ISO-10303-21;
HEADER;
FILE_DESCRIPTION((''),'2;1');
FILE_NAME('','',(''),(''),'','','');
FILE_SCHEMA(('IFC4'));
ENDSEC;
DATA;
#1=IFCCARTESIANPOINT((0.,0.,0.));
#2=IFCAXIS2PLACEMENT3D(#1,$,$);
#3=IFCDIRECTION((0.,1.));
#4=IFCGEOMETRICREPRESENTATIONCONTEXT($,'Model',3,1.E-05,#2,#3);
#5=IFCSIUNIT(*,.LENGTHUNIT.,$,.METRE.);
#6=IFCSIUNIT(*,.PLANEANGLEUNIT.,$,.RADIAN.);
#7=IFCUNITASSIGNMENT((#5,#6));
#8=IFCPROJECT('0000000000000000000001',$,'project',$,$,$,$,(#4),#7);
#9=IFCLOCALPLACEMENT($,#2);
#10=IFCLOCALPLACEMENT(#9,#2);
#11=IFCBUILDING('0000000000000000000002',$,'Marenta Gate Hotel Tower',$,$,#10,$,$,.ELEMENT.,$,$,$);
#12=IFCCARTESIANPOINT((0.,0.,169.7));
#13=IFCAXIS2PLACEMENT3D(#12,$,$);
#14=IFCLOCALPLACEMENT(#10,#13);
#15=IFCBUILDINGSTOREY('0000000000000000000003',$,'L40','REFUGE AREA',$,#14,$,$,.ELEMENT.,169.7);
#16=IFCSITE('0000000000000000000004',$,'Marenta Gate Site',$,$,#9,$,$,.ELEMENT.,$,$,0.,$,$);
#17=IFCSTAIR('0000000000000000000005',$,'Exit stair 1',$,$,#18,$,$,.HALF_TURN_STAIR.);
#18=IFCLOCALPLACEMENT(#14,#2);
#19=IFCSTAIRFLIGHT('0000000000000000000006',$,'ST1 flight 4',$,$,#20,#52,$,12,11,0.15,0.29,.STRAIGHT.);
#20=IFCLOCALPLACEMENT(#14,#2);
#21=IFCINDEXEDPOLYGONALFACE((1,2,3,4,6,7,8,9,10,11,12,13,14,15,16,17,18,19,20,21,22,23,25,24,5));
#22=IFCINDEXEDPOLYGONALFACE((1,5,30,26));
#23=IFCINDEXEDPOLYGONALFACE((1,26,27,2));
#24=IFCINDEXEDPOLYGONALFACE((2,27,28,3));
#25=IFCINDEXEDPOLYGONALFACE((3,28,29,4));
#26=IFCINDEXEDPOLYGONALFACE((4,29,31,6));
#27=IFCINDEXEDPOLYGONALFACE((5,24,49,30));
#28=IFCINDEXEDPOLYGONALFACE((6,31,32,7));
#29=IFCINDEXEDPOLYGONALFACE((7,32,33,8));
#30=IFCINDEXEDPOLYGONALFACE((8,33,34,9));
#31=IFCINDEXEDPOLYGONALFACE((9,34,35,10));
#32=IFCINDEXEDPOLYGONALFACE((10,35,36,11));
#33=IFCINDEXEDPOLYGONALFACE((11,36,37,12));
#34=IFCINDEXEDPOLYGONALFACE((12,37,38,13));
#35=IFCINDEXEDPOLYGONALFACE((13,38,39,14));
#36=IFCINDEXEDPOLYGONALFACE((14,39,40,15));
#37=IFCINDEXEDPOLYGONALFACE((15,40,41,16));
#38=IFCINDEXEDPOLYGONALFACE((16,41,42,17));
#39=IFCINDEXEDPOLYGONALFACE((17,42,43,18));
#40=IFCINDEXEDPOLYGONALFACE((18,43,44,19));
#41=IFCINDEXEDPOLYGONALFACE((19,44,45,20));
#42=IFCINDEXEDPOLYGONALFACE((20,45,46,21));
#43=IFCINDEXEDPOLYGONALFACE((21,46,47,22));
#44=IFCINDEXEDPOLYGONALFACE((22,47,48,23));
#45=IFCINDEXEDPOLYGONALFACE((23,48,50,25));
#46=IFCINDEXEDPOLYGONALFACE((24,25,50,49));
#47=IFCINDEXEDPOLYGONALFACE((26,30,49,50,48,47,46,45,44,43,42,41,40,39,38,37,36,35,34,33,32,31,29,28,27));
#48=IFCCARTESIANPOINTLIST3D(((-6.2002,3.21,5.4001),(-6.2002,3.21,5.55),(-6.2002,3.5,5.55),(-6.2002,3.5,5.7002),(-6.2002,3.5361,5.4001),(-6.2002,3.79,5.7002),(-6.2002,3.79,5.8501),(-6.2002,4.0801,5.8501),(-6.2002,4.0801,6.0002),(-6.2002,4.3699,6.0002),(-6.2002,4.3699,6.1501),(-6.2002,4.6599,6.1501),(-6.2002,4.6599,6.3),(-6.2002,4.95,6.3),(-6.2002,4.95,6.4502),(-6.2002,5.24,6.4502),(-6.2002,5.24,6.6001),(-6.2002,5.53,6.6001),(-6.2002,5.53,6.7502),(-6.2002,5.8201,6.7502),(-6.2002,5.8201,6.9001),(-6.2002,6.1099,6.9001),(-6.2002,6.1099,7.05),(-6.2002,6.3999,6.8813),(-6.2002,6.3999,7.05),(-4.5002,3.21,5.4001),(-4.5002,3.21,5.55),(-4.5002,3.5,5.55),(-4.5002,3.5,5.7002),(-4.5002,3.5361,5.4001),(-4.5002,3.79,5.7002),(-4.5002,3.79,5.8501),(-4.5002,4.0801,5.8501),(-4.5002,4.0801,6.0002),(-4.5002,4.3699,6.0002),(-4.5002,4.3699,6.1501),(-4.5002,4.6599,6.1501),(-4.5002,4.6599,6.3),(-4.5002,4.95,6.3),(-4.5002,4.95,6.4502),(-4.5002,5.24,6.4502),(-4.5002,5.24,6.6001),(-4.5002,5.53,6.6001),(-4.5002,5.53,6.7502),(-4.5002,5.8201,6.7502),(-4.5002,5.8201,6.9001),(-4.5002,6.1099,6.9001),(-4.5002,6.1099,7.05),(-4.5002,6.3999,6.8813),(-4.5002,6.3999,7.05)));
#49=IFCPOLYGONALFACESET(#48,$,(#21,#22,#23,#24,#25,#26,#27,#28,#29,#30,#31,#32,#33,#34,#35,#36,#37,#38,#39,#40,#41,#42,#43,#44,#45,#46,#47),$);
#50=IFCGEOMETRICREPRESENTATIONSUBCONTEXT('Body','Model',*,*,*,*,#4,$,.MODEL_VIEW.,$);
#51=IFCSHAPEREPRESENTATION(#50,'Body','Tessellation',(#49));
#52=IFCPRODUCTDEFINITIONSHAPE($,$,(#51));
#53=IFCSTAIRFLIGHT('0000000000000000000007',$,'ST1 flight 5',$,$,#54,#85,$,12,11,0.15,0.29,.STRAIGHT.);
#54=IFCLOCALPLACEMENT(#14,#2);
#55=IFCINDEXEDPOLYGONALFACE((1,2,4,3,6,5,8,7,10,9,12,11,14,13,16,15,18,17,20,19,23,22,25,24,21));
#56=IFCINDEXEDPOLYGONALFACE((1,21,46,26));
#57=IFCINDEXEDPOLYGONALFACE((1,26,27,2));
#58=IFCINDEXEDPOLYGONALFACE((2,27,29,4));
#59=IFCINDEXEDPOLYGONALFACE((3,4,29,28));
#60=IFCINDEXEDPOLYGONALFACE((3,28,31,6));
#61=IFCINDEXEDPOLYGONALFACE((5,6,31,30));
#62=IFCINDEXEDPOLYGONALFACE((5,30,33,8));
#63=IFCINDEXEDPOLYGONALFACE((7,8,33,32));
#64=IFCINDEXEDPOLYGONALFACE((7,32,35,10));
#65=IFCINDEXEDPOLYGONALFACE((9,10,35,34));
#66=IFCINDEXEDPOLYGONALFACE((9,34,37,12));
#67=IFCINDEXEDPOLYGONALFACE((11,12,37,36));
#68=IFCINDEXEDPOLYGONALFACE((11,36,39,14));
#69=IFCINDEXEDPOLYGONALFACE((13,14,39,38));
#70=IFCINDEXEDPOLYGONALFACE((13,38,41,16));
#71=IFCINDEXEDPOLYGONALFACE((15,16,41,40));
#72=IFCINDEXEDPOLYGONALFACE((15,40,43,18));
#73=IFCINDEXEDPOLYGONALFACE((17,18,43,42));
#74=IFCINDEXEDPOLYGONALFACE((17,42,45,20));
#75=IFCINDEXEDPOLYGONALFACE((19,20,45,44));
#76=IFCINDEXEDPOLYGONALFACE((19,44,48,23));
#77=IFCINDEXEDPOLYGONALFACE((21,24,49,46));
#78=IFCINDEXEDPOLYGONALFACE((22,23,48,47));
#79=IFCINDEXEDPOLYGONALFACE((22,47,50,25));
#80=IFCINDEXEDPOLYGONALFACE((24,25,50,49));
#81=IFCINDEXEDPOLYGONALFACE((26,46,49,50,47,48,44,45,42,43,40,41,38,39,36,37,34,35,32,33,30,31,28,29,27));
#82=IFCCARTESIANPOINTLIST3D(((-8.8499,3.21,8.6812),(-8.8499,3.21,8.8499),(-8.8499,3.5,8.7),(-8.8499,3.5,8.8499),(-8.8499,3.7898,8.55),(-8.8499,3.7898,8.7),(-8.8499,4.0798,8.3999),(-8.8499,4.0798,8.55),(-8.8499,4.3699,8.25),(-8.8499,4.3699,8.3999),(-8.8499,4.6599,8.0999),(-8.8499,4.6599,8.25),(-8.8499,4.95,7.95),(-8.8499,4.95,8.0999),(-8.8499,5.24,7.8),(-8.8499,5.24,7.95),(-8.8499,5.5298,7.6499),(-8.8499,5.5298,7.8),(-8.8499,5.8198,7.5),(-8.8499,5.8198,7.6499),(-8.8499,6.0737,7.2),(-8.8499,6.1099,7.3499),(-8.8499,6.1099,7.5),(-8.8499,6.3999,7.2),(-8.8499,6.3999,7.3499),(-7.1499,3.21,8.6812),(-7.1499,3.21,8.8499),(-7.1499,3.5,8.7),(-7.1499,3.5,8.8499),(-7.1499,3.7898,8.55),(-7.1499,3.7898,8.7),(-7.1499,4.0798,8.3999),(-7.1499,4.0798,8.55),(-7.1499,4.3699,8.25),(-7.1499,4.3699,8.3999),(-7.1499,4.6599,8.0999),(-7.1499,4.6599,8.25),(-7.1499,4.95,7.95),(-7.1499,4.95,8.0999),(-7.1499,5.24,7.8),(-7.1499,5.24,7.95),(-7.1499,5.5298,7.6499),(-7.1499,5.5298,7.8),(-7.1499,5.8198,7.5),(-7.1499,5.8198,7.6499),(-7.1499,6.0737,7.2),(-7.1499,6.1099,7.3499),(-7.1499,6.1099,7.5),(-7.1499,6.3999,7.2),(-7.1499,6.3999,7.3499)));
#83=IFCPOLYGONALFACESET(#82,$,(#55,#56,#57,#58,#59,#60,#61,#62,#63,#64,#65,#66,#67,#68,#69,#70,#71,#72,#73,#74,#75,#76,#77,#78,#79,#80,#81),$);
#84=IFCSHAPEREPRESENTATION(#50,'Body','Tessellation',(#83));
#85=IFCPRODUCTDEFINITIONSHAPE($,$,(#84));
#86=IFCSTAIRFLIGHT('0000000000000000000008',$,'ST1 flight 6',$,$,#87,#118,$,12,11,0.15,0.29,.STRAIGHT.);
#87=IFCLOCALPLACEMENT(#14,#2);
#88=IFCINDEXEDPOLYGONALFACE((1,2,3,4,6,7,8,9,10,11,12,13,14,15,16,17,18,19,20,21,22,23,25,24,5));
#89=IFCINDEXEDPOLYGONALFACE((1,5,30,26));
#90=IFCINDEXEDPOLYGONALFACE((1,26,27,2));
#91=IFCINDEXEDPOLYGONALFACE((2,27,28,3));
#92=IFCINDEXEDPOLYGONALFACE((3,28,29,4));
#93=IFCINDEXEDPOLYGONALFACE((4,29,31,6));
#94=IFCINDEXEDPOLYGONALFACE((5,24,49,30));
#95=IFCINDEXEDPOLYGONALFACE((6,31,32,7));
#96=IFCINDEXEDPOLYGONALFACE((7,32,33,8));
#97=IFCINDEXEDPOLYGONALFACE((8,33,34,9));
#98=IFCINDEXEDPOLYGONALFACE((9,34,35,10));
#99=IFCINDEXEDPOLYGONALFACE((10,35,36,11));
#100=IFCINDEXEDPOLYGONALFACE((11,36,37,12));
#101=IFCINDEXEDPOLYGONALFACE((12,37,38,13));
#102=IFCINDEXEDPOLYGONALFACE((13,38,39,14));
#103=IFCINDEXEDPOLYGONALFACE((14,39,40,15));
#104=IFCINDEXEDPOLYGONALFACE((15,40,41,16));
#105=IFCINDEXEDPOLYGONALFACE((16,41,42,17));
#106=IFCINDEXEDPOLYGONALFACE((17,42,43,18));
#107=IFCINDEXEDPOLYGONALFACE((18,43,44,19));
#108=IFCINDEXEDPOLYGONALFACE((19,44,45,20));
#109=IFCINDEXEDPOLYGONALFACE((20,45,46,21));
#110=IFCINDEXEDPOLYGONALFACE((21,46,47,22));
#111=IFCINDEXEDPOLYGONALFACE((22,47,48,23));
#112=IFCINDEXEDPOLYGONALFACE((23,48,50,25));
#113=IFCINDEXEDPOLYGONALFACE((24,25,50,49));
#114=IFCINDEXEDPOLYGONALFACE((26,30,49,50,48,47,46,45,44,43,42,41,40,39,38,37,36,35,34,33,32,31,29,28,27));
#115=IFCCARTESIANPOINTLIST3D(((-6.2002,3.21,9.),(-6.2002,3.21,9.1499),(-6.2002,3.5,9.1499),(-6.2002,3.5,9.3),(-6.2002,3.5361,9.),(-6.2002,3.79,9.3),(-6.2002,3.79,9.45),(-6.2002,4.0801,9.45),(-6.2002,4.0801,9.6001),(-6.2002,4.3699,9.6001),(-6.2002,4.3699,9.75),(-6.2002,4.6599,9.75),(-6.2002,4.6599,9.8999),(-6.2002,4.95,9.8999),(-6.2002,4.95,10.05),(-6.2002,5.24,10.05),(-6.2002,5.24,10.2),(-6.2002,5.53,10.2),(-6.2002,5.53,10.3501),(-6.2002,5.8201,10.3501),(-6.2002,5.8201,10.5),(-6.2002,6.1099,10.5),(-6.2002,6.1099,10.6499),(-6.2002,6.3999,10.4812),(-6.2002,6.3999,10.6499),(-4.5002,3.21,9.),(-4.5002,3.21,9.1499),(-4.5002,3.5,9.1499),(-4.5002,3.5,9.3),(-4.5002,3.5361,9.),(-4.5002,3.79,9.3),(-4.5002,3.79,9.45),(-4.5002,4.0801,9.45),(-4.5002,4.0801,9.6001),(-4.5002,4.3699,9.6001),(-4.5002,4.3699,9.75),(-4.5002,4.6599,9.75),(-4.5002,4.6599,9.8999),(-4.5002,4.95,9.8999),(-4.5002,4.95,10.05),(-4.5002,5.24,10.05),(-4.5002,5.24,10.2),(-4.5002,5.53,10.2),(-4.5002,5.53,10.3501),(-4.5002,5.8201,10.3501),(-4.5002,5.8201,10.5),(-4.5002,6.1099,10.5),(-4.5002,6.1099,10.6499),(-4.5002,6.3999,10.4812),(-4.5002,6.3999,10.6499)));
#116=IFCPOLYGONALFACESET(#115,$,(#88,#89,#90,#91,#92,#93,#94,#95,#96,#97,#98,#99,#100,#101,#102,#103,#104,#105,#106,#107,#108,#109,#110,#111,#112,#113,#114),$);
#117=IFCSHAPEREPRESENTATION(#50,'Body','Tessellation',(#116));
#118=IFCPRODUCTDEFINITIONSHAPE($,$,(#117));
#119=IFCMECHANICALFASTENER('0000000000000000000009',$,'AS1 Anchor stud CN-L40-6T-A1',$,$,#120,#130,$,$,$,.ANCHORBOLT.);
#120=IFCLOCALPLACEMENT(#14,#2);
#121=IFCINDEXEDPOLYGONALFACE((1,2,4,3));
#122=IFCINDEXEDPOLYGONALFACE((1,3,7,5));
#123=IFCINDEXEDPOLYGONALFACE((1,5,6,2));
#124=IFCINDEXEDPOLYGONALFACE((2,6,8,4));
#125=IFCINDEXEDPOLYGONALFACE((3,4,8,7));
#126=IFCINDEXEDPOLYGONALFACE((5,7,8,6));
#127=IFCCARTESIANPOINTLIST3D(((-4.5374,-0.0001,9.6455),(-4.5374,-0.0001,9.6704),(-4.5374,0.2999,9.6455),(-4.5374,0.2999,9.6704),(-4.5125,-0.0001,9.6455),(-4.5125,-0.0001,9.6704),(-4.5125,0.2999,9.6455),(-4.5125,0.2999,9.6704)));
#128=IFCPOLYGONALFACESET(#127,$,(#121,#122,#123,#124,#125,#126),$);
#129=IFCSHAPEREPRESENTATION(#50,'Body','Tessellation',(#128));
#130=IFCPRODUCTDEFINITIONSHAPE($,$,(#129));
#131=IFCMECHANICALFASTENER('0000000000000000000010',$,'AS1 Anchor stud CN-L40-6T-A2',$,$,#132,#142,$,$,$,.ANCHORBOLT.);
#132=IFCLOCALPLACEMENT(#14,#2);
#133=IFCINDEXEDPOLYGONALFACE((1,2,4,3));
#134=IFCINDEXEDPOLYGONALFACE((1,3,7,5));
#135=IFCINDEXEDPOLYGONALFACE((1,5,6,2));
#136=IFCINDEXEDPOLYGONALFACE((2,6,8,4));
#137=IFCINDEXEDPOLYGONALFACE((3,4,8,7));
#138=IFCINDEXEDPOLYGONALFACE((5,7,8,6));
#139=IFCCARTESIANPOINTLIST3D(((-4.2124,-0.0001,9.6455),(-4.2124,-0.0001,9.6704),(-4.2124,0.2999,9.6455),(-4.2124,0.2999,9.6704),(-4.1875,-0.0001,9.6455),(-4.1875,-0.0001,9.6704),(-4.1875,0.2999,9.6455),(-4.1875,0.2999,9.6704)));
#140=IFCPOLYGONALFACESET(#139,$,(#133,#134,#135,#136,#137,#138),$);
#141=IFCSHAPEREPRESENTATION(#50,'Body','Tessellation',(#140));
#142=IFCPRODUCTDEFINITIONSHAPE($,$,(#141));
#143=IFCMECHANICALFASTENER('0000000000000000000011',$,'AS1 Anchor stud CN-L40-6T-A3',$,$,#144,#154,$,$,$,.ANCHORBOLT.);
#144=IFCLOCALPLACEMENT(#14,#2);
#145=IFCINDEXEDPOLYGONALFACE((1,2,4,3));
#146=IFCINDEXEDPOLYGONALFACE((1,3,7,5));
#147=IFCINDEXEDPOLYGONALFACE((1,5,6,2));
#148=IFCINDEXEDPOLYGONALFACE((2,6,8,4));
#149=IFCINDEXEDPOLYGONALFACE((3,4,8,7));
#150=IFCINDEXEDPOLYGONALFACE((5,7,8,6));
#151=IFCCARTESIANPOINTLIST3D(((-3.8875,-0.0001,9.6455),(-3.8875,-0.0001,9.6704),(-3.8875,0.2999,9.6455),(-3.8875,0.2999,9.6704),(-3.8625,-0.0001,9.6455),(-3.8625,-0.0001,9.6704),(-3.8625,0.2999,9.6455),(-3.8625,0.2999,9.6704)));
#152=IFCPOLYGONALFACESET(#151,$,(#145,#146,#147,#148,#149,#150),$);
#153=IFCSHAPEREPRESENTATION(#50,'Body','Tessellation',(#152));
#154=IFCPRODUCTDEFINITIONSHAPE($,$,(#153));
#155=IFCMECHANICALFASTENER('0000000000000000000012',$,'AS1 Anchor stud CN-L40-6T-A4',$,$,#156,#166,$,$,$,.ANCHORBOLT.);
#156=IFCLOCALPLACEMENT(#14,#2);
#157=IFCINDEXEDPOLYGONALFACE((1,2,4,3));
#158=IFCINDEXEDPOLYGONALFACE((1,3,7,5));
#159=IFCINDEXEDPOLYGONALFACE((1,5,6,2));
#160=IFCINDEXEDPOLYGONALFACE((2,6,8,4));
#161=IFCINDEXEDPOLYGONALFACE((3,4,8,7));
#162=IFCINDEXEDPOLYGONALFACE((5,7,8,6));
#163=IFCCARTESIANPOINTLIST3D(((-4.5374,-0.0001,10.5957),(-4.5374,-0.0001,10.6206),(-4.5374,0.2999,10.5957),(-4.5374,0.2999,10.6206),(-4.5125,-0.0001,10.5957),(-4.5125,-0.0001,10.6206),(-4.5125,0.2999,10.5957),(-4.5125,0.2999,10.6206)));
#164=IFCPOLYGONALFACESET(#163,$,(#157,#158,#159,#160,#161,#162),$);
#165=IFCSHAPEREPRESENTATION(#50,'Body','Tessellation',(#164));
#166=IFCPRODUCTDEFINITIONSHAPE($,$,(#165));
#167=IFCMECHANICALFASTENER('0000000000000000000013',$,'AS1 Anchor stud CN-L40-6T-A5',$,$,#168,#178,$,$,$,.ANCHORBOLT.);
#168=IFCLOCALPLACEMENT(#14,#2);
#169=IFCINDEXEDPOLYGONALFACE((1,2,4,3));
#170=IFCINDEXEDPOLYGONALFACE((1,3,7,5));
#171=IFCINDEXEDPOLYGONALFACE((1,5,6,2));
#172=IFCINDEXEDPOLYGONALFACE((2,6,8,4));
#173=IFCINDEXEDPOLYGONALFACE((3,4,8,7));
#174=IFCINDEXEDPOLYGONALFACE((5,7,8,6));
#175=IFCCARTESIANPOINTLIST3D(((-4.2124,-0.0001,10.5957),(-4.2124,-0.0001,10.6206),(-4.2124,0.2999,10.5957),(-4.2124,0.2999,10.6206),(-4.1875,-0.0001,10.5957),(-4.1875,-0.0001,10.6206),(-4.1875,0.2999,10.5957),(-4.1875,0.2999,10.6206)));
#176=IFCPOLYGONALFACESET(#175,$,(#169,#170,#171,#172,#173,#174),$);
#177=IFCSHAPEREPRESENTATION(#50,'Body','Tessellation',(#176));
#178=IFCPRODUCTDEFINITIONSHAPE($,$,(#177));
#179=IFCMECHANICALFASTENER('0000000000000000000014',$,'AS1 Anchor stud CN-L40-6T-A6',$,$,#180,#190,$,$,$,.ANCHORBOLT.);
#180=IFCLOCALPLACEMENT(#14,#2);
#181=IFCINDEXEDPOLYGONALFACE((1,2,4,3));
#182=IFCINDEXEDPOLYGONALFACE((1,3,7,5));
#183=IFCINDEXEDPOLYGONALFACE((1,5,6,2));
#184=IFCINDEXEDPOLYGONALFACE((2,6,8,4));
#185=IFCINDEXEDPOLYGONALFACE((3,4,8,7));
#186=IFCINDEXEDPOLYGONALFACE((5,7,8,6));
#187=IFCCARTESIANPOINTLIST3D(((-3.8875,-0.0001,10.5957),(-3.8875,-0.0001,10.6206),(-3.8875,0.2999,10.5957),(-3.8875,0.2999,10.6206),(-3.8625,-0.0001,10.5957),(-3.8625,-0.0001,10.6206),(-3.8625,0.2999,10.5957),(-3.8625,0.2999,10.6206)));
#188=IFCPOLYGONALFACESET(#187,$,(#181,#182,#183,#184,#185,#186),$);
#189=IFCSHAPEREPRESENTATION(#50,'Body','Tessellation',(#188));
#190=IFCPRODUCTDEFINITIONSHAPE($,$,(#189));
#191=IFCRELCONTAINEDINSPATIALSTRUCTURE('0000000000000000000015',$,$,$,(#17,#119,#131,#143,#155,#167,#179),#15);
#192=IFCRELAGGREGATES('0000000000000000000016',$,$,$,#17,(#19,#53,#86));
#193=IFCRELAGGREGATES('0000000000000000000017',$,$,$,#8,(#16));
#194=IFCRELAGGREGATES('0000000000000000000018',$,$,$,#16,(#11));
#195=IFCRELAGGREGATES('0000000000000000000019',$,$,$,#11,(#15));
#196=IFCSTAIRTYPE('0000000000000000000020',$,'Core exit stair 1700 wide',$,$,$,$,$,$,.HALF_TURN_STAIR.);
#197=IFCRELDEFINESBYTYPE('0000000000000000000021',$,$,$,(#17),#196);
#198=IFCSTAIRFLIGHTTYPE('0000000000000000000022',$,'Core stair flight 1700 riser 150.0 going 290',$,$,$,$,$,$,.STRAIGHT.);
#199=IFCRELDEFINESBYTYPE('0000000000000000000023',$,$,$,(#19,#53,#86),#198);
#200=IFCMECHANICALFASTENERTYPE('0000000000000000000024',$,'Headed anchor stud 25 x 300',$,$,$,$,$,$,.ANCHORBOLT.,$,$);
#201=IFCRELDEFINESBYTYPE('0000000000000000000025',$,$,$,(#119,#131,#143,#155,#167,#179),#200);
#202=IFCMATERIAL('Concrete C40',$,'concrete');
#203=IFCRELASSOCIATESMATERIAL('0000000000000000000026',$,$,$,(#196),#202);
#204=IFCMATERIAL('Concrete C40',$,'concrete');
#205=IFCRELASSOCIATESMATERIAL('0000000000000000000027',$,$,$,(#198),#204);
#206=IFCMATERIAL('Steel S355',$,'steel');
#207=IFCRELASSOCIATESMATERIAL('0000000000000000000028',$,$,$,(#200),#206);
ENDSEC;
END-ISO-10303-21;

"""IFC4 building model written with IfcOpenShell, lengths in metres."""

from ifc_helpers import new_model, si_unit, direction, frame, origin, origin_2d, place, context, subcontext, project, spatial, polyline, rectangle, outline, extrude, material, type_object, element, aggregate, save


model = new_model("IFC4")

# Units and contexts
model_context = context("Model", 3, precision=1e-05, world=origin(), true_north=direction((0.0, 1.0)))
body_context = subcontext(model_context, "Body", "Model", "MODEL_VIEW")
ifc_project = project(units=[si_unit("LENGTHUNIT", "METRE"), si_unit("PLANEANGLEUNIT", "RADIAN")], contexts=[model_context])

# Site, building, storey
site_placement = place(None, origin())
site = spatial("IfcSite", under=ifc_project, at=site_placement, Name="Marenta Gate Site", CompositionType="ELEMENT", RefElevation=0.0)
building_placement = place(site_placement, origin())
building = spatial("IfcBuilding", under=site, at=building_placement, Name="Marenta Gate Hotel Tower", CompositionType="ELEMENT")
storey_placement = place(building_placement, frame((0.0, 0.0, 169.7)))
storey = spatial("IfcBuildingStorey", under=building, at=storey_placement, Name="L40", Description="REFUGE AREA", CompositionType="ELEMENT", Elevation=169.7)

# Stair
ifc_material_1 = material(Name="Concrete C40", Category="concrete")
stair_type = type_object("IfcStairType", Name="Core exit stair 1700 wide", PredefinedType="HALF_TURN_STAIR", material=ifc_material_1)
stair_1_placement = place(storey_placement, origin())
stair_1 = element("IfcStair", 1, at=stair_1_placement, inside=storey, type_object=stair_type, Name="Exit stair 1", PredefinedType="HALF_TURN_STAIR")

# Stair flights
ifc_material_2 = material(Name="Concrete C40", Category="concrete")
stair_flight_type = type_object("IfcStairFlightType", Name="Core stair flight 1700 riser 150.0 going 290", PredefinedType="STRAIGHT", material=ifc_material_2)
stair_flight_1_placement = place(storey_placement, frame((-5.3501, 3.21, 5.4001), z_axis=(0.0, 0.0, 1.0), x_axis=(0.0, 1.0, 0.0)))
stair_flight_1 = element("IfcStairFlight", 2, at=stair_flight_1_placement, type_object=stair_flight_type, Name="ST1 flight 4", NumberOfRisers=12, NumberOfTreads=11, PredefinedType="STRAIGHT", RiserHeight=0.15, TreadLength=0.29, context=body_context, shape_type="SweptSolid", body=[
    extrude(outline(polyline([(0.0, 0.0), (0.0, 0.1499), (0.29, 0.1499), (0.29, 0.3), (0.5801, 0.3), (0.5801, 0.45), (0.8701, 0.45), (0.8701, 0.6001), (1.1599, 0.6001), (1.1599, 0.75), (1.45, 0.75), (1.45, 0.8999), (1.74, 0.8999), (1.74, 1.05), (2.03, 1.05), (2.03, 1.2), (2.3201, 1.2), (2.3201, 1.3501), (2.6101, 1.3501), (2.6101, 1.5), (2.8999, 1.5), (2.8999, 1.6499), (3.1899, 1.6499), (3.1899, 1.8), (3.1899, 1.4812), (0.3262, 0.0), (0.0, 0.0)])), frame((0.0, 0.8501, 0.0), z_axis=(0.0, -1.0, 0.0), x_axis=(1.0, 0.0, 0.0)), (0.0, 0.0, 1.0), 1.7),
])
stair_flight_2_placement = place(storey_placement, frame((-8.0, 6.3999, 7.2), z_axis=(0.0, 0.0, 1.0), x_axis=(0.0, -1.0, 0.0)))
stair_flight_2 = element("IfcStairFlight", 3, at=stair_flight_2_placement, type_object=stair_flight_type, Name="ST1 flight 5", NumberOfRisers=12, NumberOfTreads=11, PredefinedType="STRAIGHT", RiserHeight=0.15, TreadLength=0.29, context=body_context, shape_type="SweptSolid", body=[
    extrude(outline(polyline([(0.0, 0.0), (0.0, 0.1499), (0.29, 0.1499), (0.29, 0.3), (0.5801, 0.3), (0.5801, 0.45), (0.8701, 0.45), (0.8701, 0.6001), (1.1599, 0.6001), (1.1599, 0.75), (1.45, 0.75), (1.45, 0.8999), (1.74, 0.8999), (1.74, 1.05), (2.03, 1.05), (2.03, 1.2), (2.3201, 1.2), (2.3201, 1.3501), (2.6101, 1.3501), (2.6101, 1.5), (2.8999, 1.5), (2.8999, 1.6499), (3.1899, 1.6499), (3.1899, 1.8), (3.1899, 1.4812), (0.3262, 0.0), (0.0, 0.0)])), frame((0.0, 0.8501, 0.0), z_axis=(0.0, -1.0, 0.0), x_axis=(1.0, 0.0, 0.0)), (0.0, 0.0, 1.0), 1.7),
])
stair_flight_3_placement = place(storey_placement, frame((-5.3501, 3.21, 9.0), z_axis=(0.0, 0.0, 1.0), x_axis=(0.0, 1.0, 0.0)))
stair_flight_3 = element("IfcStairFlight", 4, at=stair_flight_3_placement, type_object=stair_flight_type, Name="ST1 flight 6", NumberOfRisers=12, NumberOfTreads=11, PredefinedType="STRAIGHT", RiserHeight=0.15, TreadLength=0.29, context=body_context, shape_type="SweptSolid", body=[
    extrude(outline(polyline([(0.0, 0.0), (0.0, 0.1499), (0.29, 0.1499), (0.29, 0.3), (0.5801, 0.3), (0.5801, 0.45), (0.8701, 0.45), (0.8701, 0.6001), (1.1599, 0.6001), (1.1599, 0.75), (1.45, 0.75), (1.45, 0.8999), (1.74, 0.8999), (1.74, 1.05), (2.03, 1.05), (2.03, 1.2), (2.3201, 1.2), (2.3201, 1.3501), (2.6101, 1.3501), (2.6101, 1.5), (2.8999, 1.5), (2.8999, 1.6499), (3.1899, 1.6499), (3.1899, 1.8), (3.1899, 1.4812), (0.3262, 0.0), (0.0, 0.0)])), frame((0.0, 0.8501, 0.0), z_axis=(0.0, -1.0, 0.0), x_axis=(1.0, 0.0, 0.0)), (0.0, 0.0, 1.0), 1.7),
])
aggregate(stair_1, [stair_flight_1, stair_flight_2, stair_flight_3])

# Mechanical fasteners
ifc_material_3 = material(Name="Steel S355", Category="steel")
mechanical_fastener_type = type_object("IfcMechanicalFastenerType", Name="Headed anchor stud 25 x 300", PredefinedType="ANCHORBOLT", material=ifc_material_3)
for number, where, z_axis, x_axis, name in (
    (5, (-4.5249, 0.1499, 9.6455), (0.0, 0.0, 1.0), (1.0, 0.0, 0.0), "AS1 Anchor stud CN-L40-6T-A1"),
    (6, (-4.2, 0.1499, 9.6455), (0.0, 0.0, 1.0), (1.0, 0.0, 0.0), "AS1 Anchor stud CN-L40-6T-A2"),
    (7, (-3.875, 0.1499, 9.6455), (0.0, 0.0, 1.0), (1.0, 0.0, 0.0), "AS1 Anchor stud CN-L40-6T-A3"),
    (8, (-4.5249, 0.1499, 10.5957), (0.0, 0.0, 1.0), (1.0, 0.0, 0.0), "AS1 Anchor stud CN-L40-6T-A4"),
    (9, (-4.2, 0.1499, 10.5957), (0.0, 0.0, 1.0), (1.0, 0.0, 0.0), "AS1 Anchor stud CN-L40-6T-A5"),
    (10, (-3.875, 0.1499, 10.5957), (0.0, 0.0, 1.0), (1.0, 0.0, 0.0), "AS1 Anchor stud CN-L40-6T-A6"),
):
    element("IfcMechanicalFastener", number, at=place(storey_placement, frame(where, z_axis=z_axis, x_axis=x_axis)), inside=storey, type_object=mechanical_fastener_type, Name=name, PredefinedType="ANCHORBOLT", context=body_context, shape_type="SweptSolid", body=[
        extrude(rectangle(XDim=0.0249, YDim=0.3, at=origin_2d()), origin(), (0.0, 0.0, 1.0), 0.0249),
    ])

save(model, "model.ifc")
